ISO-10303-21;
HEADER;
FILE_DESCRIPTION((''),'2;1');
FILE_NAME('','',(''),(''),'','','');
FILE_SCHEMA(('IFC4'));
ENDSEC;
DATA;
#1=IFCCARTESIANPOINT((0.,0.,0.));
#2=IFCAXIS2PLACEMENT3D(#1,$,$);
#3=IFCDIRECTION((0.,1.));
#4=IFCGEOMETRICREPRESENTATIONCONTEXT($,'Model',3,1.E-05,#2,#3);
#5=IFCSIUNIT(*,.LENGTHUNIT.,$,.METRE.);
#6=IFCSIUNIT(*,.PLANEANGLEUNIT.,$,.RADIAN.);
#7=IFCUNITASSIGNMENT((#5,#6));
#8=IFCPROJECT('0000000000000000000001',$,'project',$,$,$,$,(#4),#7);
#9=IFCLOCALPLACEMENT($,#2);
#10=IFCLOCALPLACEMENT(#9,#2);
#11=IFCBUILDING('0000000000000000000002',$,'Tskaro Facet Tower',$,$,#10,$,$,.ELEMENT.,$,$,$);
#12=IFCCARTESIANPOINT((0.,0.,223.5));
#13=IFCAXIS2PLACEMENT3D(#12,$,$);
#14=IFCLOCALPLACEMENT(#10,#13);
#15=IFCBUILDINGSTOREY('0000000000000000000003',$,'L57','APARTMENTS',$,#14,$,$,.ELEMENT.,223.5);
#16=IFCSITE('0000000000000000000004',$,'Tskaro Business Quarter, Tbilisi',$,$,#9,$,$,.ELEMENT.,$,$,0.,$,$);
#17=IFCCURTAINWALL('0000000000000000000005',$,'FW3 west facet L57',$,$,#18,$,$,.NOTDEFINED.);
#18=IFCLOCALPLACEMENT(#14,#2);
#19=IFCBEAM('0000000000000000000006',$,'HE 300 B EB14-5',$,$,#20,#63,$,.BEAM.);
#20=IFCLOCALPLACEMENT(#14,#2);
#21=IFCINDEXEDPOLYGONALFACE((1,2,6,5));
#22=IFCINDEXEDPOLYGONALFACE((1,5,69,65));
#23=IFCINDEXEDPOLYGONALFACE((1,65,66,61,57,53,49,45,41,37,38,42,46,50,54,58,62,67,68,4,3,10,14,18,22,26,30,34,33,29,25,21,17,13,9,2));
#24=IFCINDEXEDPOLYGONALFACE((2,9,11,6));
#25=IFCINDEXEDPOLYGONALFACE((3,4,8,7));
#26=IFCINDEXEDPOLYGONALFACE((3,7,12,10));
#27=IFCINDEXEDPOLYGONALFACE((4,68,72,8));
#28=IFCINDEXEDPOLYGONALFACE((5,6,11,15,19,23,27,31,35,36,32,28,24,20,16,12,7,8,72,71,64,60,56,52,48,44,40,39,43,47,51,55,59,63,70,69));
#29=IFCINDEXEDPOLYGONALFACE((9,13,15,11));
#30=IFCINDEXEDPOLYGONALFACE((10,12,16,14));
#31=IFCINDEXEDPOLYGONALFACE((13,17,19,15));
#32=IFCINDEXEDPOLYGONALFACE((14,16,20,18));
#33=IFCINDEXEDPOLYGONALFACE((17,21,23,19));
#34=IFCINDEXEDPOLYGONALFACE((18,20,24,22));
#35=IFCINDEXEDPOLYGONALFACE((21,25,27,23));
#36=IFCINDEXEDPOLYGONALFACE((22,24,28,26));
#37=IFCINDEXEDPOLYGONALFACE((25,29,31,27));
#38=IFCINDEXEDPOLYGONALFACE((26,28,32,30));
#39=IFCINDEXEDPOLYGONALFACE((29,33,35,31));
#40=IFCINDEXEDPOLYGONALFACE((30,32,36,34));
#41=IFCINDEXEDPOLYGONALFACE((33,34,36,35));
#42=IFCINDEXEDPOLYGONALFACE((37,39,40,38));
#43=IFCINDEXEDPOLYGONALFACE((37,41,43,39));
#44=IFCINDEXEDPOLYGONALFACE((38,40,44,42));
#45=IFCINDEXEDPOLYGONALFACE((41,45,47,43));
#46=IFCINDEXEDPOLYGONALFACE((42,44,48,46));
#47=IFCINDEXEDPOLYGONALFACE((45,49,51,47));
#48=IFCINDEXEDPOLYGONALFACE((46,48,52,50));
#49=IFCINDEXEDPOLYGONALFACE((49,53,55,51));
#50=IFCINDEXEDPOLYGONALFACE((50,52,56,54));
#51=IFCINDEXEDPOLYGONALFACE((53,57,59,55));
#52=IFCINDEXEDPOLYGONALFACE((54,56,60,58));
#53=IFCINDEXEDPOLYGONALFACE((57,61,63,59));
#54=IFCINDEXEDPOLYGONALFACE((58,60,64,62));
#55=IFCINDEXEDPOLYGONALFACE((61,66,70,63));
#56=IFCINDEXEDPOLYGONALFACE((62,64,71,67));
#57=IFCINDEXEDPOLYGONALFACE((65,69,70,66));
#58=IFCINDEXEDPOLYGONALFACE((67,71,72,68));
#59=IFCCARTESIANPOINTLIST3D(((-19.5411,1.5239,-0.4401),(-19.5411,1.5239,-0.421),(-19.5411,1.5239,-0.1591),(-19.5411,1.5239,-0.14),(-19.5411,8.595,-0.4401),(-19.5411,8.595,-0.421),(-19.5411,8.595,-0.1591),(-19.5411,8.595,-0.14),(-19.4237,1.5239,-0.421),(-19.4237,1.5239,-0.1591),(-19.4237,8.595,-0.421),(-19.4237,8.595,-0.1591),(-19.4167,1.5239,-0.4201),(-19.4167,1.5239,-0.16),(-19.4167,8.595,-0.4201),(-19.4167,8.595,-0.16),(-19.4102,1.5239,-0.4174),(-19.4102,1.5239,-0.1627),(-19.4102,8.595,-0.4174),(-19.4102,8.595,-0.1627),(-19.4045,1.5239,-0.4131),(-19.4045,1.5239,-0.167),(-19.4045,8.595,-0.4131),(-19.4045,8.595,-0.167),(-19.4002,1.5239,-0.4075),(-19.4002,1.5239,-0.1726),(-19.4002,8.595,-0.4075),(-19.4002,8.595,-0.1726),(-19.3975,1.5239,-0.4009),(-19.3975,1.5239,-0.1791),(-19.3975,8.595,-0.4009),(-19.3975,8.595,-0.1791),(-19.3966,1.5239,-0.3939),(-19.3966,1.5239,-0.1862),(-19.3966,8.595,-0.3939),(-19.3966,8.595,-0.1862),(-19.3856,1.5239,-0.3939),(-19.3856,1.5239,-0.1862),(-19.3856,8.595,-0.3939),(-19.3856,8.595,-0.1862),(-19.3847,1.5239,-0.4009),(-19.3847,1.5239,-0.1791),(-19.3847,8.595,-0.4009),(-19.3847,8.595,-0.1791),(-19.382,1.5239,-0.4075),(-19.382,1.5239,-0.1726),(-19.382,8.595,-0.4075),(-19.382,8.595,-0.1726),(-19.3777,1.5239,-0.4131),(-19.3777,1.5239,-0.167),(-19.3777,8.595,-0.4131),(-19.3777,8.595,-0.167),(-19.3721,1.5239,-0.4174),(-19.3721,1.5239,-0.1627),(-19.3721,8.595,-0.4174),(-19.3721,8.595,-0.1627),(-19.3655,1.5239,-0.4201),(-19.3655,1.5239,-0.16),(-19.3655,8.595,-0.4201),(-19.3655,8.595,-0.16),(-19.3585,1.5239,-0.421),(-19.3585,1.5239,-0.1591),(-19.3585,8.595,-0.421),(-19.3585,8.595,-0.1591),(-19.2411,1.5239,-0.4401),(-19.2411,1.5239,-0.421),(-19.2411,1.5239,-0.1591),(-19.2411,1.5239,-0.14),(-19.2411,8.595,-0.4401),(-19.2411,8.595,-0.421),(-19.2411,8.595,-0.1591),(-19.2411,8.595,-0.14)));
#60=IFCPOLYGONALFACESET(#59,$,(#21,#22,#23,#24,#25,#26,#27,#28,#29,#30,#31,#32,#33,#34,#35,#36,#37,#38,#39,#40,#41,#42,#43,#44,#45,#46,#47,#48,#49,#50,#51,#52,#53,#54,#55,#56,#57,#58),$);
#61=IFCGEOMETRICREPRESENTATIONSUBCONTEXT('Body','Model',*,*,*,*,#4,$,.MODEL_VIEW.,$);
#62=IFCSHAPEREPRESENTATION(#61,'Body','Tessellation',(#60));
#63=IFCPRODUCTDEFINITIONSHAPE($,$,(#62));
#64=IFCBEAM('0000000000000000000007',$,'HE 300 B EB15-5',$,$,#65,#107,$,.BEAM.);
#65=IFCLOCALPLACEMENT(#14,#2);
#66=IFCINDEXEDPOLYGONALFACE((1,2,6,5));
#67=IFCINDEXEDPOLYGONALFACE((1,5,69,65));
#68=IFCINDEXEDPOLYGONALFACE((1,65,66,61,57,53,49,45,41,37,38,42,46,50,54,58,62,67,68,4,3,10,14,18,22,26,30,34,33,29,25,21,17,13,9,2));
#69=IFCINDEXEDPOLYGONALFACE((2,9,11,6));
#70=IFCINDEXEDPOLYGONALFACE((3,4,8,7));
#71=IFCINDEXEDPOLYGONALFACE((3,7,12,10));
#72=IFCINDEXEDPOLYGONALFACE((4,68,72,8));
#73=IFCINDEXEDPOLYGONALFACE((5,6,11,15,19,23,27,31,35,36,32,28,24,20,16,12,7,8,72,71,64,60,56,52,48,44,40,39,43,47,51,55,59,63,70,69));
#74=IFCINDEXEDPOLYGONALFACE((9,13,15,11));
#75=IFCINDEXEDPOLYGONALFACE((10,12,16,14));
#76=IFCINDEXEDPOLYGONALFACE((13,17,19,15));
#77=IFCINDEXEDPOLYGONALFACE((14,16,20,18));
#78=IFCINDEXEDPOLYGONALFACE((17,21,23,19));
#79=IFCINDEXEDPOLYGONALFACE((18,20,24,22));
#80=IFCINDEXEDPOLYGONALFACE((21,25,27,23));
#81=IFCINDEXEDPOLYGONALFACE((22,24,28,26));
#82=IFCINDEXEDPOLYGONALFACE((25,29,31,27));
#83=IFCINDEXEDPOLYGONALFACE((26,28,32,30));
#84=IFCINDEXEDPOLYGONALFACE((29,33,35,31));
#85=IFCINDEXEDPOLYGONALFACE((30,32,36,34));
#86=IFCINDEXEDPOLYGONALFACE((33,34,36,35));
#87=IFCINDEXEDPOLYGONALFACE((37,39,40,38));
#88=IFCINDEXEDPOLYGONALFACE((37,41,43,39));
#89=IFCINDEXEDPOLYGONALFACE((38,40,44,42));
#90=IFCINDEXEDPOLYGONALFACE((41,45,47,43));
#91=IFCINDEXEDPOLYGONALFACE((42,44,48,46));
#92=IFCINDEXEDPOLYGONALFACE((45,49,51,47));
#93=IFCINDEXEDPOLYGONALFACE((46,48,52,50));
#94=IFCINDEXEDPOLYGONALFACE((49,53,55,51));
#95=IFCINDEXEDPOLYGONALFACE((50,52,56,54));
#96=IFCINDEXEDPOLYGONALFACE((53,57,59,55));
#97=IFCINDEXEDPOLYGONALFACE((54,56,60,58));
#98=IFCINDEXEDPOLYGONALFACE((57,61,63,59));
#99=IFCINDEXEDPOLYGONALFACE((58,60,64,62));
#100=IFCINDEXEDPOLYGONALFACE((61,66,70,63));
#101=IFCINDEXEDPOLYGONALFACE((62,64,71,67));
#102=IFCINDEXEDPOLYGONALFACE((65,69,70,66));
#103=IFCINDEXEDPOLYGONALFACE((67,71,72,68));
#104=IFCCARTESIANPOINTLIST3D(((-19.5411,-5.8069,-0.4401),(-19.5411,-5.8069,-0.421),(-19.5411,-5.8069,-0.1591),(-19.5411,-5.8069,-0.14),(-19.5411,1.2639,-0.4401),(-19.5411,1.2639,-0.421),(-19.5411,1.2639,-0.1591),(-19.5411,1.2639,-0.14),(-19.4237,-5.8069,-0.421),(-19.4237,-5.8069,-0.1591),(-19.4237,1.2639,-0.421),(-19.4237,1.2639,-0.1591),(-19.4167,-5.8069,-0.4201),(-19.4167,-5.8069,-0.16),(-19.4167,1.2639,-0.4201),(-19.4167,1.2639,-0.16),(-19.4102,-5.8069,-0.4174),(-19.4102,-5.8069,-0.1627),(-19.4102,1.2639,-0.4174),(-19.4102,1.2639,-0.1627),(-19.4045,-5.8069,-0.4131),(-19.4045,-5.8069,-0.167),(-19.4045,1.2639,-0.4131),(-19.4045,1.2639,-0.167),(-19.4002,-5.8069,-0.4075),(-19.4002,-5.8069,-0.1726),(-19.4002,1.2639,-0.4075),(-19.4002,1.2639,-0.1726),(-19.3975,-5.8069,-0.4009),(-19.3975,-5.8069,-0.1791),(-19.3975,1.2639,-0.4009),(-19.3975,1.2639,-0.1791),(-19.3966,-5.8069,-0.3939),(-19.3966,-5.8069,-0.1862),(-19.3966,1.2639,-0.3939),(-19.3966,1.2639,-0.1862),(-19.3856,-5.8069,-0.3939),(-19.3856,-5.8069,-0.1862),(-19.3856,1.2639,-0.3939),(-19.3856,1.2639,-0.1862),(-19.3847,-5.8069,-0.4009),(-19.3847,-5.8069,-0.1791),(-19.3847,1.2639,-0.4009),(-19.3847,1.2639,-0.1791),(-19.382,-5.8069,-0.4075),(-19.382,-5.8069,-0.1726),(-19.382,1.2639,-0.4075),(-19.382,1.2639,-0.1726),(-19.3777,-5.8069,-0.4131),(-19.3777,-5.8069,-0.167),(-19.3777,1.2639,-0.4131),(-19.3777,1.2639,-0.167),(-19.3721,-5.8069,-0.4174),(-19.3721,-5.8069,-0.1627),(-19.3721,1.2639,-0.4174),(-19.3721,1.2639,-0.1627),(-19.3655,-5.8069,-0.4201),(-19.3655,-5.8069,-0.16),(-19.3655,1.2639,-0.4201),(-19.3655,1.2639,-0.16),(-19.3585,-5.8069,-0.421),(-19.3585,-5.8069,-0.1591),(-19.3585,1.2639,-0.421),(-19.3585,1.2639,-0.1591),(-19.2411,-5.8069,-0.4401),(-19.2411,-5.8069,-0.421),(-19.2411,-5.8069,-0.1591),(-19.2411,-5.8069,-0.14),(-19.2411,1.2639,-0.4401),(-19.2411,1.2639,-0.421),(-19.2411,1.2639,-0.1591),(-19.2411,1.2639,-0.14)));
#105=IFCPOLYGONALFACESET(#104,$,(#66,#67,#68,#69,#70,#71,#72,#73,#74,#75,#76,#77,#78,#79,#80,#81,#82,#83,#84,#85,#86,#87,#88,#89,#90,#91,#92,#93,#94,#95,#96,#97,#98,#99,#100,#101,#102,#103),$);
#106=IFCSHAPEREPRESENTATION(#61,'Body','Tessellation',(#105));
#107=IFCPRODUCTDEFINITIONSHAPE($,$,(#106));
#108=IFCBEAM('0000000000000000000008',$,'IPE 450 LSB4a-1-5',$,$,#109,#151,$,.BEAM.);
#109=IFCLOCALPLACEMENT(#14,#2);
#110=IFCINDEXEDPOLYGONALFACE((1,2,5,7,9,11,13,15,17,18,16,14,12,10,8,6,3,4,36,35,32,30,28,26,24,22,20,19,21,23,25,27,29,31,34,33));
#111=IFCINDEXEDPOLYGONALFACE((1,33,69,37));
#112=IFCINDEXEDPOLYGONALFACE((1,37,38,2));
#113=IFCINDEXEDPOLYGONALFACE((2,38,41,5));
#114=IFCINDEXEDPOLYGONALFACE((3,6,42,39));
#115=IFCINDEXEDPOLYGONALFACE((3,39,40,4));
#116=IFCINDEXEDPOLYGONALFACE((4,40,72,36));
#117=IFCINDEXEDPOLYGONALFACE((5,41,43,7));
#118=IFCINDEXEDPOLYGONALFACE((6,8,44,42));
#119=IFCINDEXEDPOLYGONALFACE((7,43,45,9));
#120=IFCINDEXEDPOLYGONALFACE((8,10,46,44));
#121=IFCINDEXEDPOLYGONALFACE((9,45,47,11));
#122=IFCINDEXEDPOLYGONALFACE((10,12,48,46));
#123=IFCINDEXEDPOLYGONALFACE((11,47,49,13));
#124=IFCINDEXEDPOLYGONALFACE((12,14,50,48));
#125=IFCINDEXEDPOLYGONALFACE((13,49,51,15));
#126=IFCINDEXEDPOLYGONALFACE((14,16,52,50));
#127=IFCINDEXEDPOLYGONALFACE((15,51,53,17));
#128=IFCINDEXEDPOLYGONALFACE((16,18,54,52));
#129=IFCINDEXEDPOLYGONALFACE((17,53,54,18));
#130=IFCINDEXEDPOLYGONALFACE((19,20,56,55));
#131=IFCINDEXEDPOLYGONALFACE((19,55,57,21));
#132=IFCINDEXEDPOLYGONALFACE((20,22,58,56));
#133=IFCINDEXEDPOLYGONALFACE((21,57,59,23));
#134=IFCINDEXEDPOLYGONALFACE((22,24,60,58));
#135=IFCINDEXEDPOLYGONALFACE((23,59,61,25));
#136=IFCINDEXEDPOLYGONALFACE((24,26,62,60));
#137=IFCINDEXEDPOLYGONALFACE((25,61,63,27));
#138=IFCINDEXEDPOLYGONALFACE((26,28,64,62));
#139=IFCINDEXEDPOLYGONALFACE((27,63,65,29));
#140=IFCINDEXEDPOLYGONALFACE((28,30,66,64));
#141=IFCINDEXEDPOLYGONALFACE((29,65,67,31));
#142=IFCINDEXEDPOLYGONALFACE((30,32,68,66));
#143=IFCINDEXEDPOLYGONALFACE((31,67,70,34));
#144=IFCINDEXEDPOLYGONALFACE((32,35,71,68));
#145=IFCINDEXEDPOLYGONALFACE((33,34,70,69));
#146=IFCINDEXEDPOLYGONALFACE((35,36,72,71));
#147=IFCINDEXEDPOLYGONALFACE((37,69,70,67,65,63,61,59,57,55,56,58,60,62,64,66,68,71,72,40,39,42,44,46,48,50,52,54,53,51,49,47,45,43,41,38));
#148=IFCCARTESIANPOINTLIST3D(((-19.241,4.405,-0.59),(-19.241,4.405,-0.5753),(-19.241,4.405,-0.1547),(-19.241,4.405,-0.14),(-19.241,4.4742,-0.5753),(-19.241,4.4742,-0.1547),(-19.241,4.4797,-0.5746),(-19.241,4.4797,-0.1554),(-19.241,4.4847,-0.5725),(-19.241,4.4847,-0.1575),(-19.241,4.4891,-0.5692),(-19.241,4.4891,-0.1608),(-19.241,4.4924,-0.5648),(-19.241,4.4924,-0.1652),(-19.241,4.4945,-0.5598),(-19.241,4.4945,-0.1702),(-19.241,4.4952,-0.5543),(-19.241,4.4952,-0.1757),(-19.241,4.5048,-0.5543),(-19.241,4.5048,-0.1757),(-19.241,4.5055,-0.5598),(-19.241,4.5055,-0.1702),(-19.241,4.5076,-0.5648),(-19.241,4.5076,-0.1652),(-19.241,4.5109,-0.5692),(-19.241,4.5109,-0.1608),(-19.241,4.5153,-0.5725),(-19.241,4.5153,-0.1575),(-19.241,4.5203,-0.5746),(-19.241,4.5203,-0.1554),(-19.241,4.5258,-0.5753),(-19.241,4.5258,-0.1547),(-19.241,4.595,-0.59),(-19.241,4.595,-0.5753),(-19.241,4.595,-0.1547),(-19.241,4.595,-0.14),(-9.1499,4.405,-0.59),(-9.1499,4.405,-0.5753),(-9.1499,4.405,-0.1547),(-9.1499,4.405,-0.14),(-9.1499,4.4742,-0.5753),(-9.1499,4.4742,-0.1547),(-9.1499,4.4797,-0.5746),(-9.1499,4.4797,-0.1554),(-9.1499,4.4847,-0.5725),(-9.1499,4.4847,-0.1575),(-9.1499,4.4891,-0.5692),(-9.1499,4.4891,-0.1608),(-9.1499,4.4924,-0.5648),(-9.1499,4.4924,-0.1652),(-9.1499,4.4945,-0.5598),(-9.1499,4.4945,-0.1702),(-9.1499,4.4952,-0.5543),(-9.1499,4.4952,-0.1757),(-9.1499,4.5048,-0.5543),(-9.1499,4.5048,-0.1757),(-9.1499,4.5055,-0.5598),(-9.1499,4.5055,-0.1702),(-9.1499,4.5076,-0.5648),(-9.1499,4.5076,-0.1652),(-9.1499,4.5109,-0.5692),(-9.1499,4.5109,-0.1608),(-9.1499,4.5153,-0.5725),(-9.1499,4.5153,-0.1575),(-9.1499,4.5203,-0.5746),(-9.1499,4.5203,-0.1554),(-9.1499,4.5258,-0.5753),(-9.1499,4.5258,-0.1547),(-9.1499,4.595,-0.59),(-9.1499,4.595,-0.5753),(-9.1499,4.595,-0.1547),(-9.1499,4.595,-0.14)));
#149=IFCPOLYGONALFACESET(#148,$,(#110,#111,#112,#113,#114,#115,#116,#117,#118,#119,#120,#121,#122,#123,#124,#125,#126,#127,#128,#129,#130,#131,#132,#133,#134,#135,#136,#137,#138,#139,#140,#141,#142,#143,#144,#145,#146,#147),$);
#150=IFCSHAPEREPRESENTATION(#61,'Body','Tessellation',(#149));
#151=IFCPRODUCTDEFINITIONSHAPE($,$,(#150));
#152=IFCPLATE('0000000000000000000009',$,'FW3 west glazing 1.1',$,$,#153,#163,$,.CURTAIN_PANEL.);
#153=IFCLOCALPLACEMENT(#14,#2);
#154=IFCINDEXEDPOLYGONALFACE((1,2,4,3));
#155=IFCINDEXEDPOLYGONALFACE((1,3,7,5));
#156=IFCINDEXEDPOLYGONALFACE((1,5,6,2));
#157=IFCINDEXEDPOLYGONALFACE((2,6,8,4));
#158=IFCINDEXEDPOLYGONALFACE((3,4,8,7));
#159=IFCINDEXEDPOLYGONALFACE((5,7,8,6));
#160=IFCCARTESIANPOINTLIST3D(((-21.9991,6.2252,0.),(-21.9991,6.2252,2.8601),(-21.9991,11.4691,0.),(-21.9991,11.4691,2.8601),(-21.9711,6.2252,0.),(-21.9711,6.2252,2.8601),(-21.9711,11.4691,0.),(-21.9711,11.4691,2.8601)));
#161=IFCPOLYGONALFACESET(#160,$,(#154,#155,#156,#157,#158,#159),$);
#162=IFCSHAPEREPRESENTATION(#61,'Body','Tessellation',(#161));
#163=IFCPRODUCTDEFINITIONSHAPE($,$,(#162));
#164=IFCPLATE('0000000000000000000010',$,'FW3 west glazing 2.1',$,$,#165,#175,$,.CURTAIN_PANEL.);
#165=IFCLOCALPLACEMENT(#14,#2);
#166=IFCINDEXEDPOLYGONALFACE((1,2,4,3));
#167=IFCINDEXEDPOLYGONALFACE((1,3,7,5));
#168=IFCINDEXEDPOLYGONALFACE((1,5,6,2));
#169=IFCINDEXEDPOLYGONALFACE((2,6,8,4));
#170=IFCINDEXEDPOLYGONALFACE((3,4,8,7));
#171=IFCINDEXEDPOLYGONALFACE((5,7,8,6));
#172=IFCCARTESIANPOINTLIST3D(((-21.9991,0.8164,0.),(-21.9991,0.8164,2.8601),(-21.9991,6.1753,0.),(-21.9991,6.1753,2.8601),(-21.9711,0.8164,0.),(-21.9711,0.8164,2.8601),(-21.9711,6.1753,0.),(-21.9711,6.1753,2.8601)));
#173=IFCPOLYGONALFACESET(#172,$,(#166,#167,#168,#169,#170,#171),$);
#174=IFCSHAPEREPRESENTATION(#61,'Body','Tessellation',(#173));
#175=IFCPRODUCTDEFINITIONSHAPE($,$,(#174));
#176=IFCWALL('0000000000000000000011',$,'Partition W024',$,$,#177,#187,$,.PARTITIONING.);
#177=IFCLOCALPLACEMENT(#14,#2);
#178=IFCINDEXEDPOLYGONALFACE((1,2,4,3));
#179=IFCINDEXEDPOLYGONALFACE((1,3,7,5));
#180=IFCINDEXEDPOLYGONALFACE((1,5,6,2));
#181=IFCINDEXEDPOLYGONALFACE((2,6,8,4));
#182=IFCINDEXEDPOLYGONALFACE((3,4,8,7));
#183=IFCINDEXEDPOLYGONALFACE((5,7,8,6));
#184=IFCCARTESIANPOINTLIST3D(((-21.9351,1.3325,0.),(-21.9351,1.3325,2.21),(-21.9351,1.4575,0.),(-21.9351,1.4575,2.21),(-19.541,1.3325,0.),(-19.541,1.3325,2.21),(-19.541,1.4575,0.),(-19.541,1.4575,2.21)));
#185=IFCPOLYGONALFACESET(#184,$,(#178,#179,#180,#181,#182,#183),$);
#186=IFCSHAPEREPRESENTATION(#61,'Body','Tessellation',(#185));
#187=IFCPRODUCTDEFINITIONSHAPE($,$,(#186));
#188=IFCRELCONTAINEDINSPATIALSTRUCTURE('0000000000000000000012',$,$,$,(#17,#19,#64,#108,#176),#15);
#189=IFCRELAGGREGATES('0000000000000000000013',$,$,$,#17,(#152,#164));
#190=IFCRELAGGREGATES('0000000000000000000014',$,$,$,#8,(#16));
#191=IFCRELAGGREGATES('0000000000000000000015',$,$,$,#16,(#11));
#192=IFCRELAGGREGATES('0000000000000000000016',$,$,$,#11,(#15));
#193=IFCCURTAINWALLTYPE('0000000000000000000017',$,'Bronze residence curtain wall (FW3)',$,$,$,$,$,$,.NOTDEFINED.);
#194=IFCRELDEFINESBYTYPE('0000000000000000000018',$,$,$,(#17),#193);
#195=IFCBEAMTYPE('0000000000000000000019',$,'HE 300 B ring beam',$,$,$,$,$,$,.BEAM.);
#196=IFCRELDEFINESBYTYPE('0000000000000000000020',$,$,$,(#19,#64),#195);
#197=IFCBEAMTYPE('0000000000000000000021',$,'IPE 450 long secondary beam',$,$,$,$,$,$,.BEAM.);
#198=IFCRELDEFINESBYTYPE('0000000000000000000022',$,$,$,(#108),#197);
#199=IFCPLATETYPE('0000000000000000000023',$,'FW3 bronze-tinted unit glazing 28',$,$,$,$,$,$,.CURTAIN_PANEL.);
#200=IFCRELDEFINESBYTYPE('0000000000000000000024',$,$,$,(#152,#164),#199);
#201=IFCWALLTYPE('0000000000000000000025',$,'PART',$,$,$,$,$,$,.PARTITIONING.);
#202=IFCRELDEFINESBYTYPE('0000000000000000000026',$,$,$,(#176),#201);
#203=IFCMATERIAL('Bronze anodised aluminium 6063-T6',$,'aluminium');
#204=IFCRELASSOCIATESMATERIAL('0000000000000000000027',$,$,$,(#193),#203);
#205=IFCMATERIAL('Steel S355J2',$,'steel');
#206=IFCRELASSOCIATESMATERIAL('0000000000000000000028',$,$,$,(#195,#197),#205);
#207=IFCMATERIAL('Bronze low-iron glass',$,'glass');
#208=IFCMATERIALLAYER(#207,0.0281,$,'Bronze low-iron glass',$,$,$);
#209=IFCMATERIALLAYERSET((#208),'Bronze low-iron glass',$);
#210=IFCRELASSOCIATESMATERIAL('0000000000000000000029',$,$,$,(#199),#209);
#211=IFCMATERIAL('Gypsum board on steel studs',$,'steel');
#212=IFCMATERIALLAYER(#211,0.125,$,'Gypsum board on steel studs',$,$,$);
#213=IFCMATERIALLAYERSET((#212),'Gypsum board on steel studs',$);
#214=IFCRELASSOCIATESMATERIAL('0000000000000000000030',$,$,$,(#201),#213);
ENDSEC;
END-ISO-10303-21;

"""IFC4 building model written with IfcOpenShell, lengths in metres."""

from ifc_helpers import new_model, si_unit, direction, frame, frame_2d, origin, origin_2d, place, context, subcontext, project, spatial, rectangle, i_section, extrude, material, layer, layer_set, material_profile, profile_set, type_object, element, aggregate, save


model = new_model("IFC4")

# Units and contexts
model_context = context("Model", 3, precision=1e-05, world=origin(), true_north=direction((0.0, 1.0)))
body_context = subcontext(model_context, "Body", "Model", "MODEL_VIEW")
ifc_project = project(units=[si_unit("LENGTHUNIT", "METRE"), si_unit("PLANEANGLEUNIT", "RADIAN")], contexts=[model_context])

# Site, building, storey
site_placement = place(None, origin())
site = spatial("IfcSite", under=ifc_project, at=site_placement, Name="Tskaro Business Quarter, Tbilisi", CompositionType="ELEMENT", RefElevation=0.0)
building_placement = place(site_placement, origin())
building = spatial("IfcBuilding", under=site, at=building_placement, Name="Tskaro Facet Tower", CompositionType="ELEMENT")
storey_placement = place(building_placement, frame((0.0, 0.0, 223.5)))
storey = spatial("IfcBuildingStorey", under=building, at=storey_placement, Name="L57", Description="APARTMENTS", CompositionType="ELEMENT", Elevation=223.5)

# Curtain wall
ifc_material_1 = material(Name="Bronze anodised aluminium 6063-T6", Category="aluminium")
curtain_wall_type = type_object("IfcCurtainWallType", Name="Bronze residence curtain wall (FW3)", PredefinedType="NOTDEFINED", material=ifc_material_1)
curtain_wall_placement = place(storey_placement, origin())
curtain_wall = element("IfcCurtainWall", 1, at=curtain_wall_placement, inside=storey, type_object=curtain_wall_type, Name="FW3 west facet L57", PredefinedType="NOTDEFINED")

# Beams
ifc_material_2 = material(Name="Steel S355J2", Category="steel")
ifc_material_profile_1 = material_profile(ifc_material_2, i_section(OverallWidth=0.3, OverallDepth=0.3, WebThickness=0.011, FlangeThickness=0.019, FilletRadius=0.0271, at=origin_2d()), Name="HE 300 B")
ifc_profile_set_1 = profile_set([ifc_material_profile_1], Name="Steel S355J2")
beam_type_1 = type_object("IfcBeamType", Name="HE 300 B ring beam", PredefinedType="BEAM", material=ifc_profile_set_1)
beam_1_placement = place(storey_placement, frame((-19.3911, 8.595, -0.29), z_axis=(0.0, -1.0, 0.0), x_axis=(1.0, 0.0, 0.0)))
element("IfcBeam", 2, at=beam_1_placement, inside=storey, type_object=beam_type_1, Name="HE 300 B EB14-5", PredefinedType="BEAM", context=body_context, shape_type="SweptSolid", body=[
    extrude(i_section(OverallWidth=0.3, OverallDepth=0.3, WebThickness=0.011, FlangeThickness=0.019, FilletRadius=0.0271, at=origin_2d()), origin(), (0.0, 0.0, 1.0), 7.071),
])
beam_2_placement = place(storey_placement, frame((-19.3911, 1.2639, -0.29), z_axis=(0.0, -1.0, 0.0), x_axis=(1.0, 0.0, 0.0)))
element("IfcBeam", 3, at=beam_2_placement, inside=storey, type_object=beam_type_1, Name="HE 300 B EB15-5", PredefinedType="BEAM", context=body_context, shape_type="SweptSolid", body=[
    extrude(i_section(OverallWidth=0.3, OverallDepth=0.3, WebThickness=0.011, FlangeThickness=0.019, FilletRadius=0.0271, at=origin_2d()), origin(), (0.0, 0.0, 1.0), 7.0708),
])
ifc_material_profile_2 = material_profile(ifc_material_2, i_section(OverallWidth=0.1899, OverallDepth=0.45, WebThickness=0.0095, FlangeThickness=0.0146, FilletRadius=0.021, at=origin_2d()), Name="IPE 450")
ifc_profile_set_2 = profile_set([ifc_material_profile_2], Name="Steel S355J2")
beam_type_2 = type_object("IfcBeamType", Name="IPE 450 long secondary beam", PredefinedType="BEAM", material=ifc_profile_set_2)
beam_3_placement = place(storey_placement, frame((-19.241, 4.5, -0.365), z_axis=(1.0, 0.0, 0.0), x_axis=(0.0, 1.0, 0.0)))
element("IfcBeam", 4, at=beam_3_placement, inside=storey, type_object=beam_type_2, Name="IPE 450 LSB4a-1-5", PredefinedType="BEAM", context=body_context, shape_type="SweptSolid", body=[
    extrude(i_section(OverallWidth=0.1899, OverallDepth=0.45, WebThickness=0.0095, FlangeThickness=0.0146, FilletRadius=0.021, at=origin_2d()), origin(), (0.0, 0.0, 1.0), 10.0911),
])

# Plates
ifc_material_3 = material(Name="Bronze low-iron glass", Category="glass")
ifc_layer_1 = layer(ifc_material_3, 0.0281, Name="Bronze low-iron glass")
ifc_layer_set_1 = layer_set([ifc_layer_1], Name="Bronze low-iron glass")
plate_type = type_object("IfcPlateType", Name="FW3 bronze-tinted unit glazing 28", PredefinedType="CURTAIN_PANEL", material=ifc_layer_set_1)
plate_1_placement = place(storey_placement, frame((-21.9851, 8.8472, 0.0), z_axis=(0.0, 0.0, 1.0), x_axis=(0.0, -1.0, 0.0)))
plate_1 = element("IfcPlate", 5, at=plate_1_placement, type_object=plate_type, Name="FW3 west glazing 1.1", PredefinedType="CURTAIN_PANEL", context=body_context, shape_type="SweptSolid", body=[
    extrude(rectangle(XDim=5.2439, YDim=0.0281, at=origin_2d()), origin(), (0.0, 0.0, 1.0), 2.8601),
])
plate_2_placement = place(storey_placement, frame((-21.9851, 3.4958, 0.0), z_axis=(0.0, 0.0, 1.0), x_axis=(0.0, -1.0, 0.0)))
plate_2 = element("IfcPlate", 6, at=plate_2_placement, type_object=plate_type, Name="FW3 west glazing 2.1", PredefinedType="CURTAIN_PANEL", context=body_context, shape_type="SweptSolid", body=[
    extrude(rectangle(XDim=5.3589, YDim=0.0281, at=origin_2d()), origin(), (0.0, 0.0, 1.0), 2.8601),
])
aggregate(curtain_wall, [plate_1, plate_2])

# Wall
ifc_material_4 = material(Name="Gypsum board on steel studs", Category="steel")
ifc_layer_2 = layer(ifc_material_4, 0.125, Name="Gypsum board on steel studs")
ifc_layer_set_2 = layer_set([ifc_layer_2], Name="Gypsum board on steel studs")
wall_type_1 = type_object("IfcWallType", Name="PART", PredefinedType="PARTITIONING", material=ifc_layer_set_2)
wall_1_placement = place(storey_placement, frame((-21.9351, 1.395, 0.0), z_axis=(0.0, 0.0, 1.0), x_axis=(1.0, 0.0, 0.0)))
element("IfcWall", 7, at=wall_1_placement, inside=storey, type_object=wall_type_1, Name="Partition W024", PredefinedType="PARTITIONING", context=body_context, shape_type="SweptSolid", body=[
    extrude(rectangle(XDim=2.394, YDim=0.125, at=frame_2d((1.197, 0.0))), origin(), (0.0, 0.0, 1.0), 2.21),
])

save(model, "model.ifc")
